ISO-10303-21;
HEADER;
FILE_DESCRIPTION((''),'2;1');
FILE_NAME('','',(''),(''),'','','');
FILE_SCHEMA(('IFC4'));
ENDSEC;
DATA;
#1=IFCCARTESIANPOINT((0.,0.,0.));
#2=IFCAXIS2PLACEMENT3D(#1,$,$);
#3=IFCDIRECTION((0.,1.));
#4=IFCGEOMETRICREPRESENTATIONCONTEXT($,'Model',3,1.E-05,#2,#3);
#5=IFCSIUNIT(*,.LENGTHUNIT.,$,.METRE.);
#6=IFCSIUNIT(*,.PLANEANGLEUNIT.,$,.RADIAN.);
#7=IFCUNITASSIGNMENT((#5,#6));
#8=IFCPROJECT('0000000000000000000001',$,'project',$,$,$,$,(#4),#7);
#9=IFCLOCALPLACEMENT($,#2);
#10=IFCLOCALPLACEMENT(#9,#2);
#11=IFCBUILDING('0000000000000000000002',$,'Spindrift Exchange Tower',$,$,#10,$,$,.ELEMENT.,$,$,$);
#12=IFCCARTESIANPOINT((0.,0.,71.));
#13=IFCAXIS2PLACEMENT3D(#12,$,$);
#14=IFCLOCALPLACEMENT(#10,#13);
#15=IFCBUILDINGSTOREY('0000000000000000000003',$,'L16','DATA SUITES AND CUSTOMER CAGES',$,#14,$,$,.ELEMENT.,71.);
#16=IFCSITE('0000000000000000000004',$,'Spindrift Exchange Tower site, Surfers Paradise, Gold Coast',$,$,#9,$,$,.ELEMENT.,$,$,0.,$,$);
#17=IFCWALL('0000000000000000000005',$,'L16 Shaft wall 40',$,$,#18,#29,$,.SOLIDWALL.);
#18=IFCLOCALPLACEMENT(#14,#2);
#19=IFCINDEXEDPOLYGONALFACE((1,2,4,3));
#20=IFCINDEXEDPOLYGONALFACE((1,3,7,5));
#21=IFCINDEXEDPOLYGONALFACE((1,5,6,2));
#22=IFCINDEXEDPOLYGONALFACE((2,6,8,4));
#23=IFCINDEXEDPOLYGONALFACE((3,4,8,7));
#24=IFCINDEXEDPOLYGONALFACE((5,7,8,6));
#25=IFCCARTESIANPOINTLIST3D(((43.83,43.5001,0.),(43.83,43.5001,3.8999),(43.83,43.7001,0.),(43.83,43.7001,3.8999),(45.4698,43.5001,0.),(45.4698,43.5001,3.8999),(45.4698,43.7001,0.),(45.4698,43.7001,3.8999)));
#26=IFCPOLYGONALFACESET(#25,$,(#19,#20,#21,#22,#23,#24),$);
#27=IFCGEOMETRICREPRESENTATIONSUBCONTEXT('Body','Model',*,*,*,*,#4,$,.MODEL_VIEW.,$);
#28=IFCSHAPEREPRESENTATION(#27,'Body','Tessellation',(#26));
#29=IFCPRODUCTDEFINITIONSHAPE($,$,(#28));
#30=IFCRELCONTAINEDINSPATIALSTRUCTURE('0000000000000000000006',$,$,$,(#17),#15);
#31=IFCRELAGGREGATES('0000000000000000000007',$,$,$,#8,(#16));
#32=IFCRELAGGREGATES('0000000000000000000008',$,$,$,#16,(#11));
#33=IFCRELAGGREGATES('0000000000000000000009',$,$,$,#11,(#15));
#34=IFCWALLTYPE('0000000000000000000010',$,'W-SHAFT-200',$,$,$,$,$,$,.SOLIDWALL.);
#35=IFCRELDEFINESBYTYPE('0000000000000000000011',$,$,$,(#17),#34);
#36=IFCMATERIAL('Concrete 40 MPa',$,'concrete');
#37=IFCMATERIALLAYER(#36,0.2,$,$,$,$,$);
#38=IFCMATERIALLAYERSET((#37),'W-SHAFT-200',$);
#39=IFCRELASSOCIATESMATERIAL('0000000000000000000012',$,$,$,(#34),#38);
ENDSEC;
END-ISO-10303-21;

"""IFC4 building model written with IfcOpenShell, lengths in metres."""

from ifc_helpers import new_model, si_unit, direction, frame, frame_2d, origin, place, context, subcontext, project, spatial, rectangle, extrude, material, layer, layer_set, type_object, element, save


model = new_model("IFC4")

# Units and contexts
model_context = context("Model", 3, precision=1e-05, world=origin(), true_north=direction((0.0, 1.0)))
body_context = subcontext(model_context, "Body", "Model", "MODEL_VIEW")
ifc_project = project(units=[si_unit("LENGTHUNIT", "METRE"), si_unit("PLANEANGLEUNIT", "RADIAN")], contexts=[model_context])

# Site, building, storey
site_placement = place(None, origin())
site = spatial("IfcSite", under=ifc_project, at=site_placement, Name="Spindrift Exchange Tower site, Surfers Paradise, Gold Coast", CompositionType="ELEMENT", RefElevation=0.0)
building_placement = place(site_placement, origin())
building = spatial("IfcBuilding", under=site, at=building_placement, Name="Spindrift Exchange Tower", CompositionType="ELEMENT")
storey_placement = place(building_placement, frame((0.0, 0.0, 71.0)))
storey = spatial("IfcBuildingStorey", under=building, at=storey_placement, Name="L16", Description="DATA SUITES AND CUSTOMER CAGES", CompositionType="ELEMENT", Elevation=71.0)

# Wall
ifc_material_1 = material(Name="Concrete 40 MPa", Category="concrete")
ifc_layer_1 = layer(ifc_material_1, 0.2)
ifc_layer_set_1 = layer_set([ifc_layer_1], Name="W-SHAFT-200")
wall_type_1 = type_object("IfcWallType", Name="W-SHAFT-200", PredefinedType="SOLIDWALL", material=ifc_layer_set_1)
wall_1_placement = place(storey_placement, frame((43.8301, 43.6001, 0.0), z_axis=(0.0, 0.0, 1.0), x_axis=(1.0, 0.0, 0.0)))
element("IfcWall", 1, at=wall_1_placement, inside=storey, type_object=wall_type_1, Name="L16 Shaft wall 40", PredefinedType="SOLIDWALL", context=body_context, shape_type="SweptSolid", body=[
    extrude(rectangle(XDim=1.6399, YDim=0.2, at=frame_2d((0.8198, 0.0))), origin(), (0.0, 0.0, 1.0), 3.8999),
])

save(model, "model.ifc")
